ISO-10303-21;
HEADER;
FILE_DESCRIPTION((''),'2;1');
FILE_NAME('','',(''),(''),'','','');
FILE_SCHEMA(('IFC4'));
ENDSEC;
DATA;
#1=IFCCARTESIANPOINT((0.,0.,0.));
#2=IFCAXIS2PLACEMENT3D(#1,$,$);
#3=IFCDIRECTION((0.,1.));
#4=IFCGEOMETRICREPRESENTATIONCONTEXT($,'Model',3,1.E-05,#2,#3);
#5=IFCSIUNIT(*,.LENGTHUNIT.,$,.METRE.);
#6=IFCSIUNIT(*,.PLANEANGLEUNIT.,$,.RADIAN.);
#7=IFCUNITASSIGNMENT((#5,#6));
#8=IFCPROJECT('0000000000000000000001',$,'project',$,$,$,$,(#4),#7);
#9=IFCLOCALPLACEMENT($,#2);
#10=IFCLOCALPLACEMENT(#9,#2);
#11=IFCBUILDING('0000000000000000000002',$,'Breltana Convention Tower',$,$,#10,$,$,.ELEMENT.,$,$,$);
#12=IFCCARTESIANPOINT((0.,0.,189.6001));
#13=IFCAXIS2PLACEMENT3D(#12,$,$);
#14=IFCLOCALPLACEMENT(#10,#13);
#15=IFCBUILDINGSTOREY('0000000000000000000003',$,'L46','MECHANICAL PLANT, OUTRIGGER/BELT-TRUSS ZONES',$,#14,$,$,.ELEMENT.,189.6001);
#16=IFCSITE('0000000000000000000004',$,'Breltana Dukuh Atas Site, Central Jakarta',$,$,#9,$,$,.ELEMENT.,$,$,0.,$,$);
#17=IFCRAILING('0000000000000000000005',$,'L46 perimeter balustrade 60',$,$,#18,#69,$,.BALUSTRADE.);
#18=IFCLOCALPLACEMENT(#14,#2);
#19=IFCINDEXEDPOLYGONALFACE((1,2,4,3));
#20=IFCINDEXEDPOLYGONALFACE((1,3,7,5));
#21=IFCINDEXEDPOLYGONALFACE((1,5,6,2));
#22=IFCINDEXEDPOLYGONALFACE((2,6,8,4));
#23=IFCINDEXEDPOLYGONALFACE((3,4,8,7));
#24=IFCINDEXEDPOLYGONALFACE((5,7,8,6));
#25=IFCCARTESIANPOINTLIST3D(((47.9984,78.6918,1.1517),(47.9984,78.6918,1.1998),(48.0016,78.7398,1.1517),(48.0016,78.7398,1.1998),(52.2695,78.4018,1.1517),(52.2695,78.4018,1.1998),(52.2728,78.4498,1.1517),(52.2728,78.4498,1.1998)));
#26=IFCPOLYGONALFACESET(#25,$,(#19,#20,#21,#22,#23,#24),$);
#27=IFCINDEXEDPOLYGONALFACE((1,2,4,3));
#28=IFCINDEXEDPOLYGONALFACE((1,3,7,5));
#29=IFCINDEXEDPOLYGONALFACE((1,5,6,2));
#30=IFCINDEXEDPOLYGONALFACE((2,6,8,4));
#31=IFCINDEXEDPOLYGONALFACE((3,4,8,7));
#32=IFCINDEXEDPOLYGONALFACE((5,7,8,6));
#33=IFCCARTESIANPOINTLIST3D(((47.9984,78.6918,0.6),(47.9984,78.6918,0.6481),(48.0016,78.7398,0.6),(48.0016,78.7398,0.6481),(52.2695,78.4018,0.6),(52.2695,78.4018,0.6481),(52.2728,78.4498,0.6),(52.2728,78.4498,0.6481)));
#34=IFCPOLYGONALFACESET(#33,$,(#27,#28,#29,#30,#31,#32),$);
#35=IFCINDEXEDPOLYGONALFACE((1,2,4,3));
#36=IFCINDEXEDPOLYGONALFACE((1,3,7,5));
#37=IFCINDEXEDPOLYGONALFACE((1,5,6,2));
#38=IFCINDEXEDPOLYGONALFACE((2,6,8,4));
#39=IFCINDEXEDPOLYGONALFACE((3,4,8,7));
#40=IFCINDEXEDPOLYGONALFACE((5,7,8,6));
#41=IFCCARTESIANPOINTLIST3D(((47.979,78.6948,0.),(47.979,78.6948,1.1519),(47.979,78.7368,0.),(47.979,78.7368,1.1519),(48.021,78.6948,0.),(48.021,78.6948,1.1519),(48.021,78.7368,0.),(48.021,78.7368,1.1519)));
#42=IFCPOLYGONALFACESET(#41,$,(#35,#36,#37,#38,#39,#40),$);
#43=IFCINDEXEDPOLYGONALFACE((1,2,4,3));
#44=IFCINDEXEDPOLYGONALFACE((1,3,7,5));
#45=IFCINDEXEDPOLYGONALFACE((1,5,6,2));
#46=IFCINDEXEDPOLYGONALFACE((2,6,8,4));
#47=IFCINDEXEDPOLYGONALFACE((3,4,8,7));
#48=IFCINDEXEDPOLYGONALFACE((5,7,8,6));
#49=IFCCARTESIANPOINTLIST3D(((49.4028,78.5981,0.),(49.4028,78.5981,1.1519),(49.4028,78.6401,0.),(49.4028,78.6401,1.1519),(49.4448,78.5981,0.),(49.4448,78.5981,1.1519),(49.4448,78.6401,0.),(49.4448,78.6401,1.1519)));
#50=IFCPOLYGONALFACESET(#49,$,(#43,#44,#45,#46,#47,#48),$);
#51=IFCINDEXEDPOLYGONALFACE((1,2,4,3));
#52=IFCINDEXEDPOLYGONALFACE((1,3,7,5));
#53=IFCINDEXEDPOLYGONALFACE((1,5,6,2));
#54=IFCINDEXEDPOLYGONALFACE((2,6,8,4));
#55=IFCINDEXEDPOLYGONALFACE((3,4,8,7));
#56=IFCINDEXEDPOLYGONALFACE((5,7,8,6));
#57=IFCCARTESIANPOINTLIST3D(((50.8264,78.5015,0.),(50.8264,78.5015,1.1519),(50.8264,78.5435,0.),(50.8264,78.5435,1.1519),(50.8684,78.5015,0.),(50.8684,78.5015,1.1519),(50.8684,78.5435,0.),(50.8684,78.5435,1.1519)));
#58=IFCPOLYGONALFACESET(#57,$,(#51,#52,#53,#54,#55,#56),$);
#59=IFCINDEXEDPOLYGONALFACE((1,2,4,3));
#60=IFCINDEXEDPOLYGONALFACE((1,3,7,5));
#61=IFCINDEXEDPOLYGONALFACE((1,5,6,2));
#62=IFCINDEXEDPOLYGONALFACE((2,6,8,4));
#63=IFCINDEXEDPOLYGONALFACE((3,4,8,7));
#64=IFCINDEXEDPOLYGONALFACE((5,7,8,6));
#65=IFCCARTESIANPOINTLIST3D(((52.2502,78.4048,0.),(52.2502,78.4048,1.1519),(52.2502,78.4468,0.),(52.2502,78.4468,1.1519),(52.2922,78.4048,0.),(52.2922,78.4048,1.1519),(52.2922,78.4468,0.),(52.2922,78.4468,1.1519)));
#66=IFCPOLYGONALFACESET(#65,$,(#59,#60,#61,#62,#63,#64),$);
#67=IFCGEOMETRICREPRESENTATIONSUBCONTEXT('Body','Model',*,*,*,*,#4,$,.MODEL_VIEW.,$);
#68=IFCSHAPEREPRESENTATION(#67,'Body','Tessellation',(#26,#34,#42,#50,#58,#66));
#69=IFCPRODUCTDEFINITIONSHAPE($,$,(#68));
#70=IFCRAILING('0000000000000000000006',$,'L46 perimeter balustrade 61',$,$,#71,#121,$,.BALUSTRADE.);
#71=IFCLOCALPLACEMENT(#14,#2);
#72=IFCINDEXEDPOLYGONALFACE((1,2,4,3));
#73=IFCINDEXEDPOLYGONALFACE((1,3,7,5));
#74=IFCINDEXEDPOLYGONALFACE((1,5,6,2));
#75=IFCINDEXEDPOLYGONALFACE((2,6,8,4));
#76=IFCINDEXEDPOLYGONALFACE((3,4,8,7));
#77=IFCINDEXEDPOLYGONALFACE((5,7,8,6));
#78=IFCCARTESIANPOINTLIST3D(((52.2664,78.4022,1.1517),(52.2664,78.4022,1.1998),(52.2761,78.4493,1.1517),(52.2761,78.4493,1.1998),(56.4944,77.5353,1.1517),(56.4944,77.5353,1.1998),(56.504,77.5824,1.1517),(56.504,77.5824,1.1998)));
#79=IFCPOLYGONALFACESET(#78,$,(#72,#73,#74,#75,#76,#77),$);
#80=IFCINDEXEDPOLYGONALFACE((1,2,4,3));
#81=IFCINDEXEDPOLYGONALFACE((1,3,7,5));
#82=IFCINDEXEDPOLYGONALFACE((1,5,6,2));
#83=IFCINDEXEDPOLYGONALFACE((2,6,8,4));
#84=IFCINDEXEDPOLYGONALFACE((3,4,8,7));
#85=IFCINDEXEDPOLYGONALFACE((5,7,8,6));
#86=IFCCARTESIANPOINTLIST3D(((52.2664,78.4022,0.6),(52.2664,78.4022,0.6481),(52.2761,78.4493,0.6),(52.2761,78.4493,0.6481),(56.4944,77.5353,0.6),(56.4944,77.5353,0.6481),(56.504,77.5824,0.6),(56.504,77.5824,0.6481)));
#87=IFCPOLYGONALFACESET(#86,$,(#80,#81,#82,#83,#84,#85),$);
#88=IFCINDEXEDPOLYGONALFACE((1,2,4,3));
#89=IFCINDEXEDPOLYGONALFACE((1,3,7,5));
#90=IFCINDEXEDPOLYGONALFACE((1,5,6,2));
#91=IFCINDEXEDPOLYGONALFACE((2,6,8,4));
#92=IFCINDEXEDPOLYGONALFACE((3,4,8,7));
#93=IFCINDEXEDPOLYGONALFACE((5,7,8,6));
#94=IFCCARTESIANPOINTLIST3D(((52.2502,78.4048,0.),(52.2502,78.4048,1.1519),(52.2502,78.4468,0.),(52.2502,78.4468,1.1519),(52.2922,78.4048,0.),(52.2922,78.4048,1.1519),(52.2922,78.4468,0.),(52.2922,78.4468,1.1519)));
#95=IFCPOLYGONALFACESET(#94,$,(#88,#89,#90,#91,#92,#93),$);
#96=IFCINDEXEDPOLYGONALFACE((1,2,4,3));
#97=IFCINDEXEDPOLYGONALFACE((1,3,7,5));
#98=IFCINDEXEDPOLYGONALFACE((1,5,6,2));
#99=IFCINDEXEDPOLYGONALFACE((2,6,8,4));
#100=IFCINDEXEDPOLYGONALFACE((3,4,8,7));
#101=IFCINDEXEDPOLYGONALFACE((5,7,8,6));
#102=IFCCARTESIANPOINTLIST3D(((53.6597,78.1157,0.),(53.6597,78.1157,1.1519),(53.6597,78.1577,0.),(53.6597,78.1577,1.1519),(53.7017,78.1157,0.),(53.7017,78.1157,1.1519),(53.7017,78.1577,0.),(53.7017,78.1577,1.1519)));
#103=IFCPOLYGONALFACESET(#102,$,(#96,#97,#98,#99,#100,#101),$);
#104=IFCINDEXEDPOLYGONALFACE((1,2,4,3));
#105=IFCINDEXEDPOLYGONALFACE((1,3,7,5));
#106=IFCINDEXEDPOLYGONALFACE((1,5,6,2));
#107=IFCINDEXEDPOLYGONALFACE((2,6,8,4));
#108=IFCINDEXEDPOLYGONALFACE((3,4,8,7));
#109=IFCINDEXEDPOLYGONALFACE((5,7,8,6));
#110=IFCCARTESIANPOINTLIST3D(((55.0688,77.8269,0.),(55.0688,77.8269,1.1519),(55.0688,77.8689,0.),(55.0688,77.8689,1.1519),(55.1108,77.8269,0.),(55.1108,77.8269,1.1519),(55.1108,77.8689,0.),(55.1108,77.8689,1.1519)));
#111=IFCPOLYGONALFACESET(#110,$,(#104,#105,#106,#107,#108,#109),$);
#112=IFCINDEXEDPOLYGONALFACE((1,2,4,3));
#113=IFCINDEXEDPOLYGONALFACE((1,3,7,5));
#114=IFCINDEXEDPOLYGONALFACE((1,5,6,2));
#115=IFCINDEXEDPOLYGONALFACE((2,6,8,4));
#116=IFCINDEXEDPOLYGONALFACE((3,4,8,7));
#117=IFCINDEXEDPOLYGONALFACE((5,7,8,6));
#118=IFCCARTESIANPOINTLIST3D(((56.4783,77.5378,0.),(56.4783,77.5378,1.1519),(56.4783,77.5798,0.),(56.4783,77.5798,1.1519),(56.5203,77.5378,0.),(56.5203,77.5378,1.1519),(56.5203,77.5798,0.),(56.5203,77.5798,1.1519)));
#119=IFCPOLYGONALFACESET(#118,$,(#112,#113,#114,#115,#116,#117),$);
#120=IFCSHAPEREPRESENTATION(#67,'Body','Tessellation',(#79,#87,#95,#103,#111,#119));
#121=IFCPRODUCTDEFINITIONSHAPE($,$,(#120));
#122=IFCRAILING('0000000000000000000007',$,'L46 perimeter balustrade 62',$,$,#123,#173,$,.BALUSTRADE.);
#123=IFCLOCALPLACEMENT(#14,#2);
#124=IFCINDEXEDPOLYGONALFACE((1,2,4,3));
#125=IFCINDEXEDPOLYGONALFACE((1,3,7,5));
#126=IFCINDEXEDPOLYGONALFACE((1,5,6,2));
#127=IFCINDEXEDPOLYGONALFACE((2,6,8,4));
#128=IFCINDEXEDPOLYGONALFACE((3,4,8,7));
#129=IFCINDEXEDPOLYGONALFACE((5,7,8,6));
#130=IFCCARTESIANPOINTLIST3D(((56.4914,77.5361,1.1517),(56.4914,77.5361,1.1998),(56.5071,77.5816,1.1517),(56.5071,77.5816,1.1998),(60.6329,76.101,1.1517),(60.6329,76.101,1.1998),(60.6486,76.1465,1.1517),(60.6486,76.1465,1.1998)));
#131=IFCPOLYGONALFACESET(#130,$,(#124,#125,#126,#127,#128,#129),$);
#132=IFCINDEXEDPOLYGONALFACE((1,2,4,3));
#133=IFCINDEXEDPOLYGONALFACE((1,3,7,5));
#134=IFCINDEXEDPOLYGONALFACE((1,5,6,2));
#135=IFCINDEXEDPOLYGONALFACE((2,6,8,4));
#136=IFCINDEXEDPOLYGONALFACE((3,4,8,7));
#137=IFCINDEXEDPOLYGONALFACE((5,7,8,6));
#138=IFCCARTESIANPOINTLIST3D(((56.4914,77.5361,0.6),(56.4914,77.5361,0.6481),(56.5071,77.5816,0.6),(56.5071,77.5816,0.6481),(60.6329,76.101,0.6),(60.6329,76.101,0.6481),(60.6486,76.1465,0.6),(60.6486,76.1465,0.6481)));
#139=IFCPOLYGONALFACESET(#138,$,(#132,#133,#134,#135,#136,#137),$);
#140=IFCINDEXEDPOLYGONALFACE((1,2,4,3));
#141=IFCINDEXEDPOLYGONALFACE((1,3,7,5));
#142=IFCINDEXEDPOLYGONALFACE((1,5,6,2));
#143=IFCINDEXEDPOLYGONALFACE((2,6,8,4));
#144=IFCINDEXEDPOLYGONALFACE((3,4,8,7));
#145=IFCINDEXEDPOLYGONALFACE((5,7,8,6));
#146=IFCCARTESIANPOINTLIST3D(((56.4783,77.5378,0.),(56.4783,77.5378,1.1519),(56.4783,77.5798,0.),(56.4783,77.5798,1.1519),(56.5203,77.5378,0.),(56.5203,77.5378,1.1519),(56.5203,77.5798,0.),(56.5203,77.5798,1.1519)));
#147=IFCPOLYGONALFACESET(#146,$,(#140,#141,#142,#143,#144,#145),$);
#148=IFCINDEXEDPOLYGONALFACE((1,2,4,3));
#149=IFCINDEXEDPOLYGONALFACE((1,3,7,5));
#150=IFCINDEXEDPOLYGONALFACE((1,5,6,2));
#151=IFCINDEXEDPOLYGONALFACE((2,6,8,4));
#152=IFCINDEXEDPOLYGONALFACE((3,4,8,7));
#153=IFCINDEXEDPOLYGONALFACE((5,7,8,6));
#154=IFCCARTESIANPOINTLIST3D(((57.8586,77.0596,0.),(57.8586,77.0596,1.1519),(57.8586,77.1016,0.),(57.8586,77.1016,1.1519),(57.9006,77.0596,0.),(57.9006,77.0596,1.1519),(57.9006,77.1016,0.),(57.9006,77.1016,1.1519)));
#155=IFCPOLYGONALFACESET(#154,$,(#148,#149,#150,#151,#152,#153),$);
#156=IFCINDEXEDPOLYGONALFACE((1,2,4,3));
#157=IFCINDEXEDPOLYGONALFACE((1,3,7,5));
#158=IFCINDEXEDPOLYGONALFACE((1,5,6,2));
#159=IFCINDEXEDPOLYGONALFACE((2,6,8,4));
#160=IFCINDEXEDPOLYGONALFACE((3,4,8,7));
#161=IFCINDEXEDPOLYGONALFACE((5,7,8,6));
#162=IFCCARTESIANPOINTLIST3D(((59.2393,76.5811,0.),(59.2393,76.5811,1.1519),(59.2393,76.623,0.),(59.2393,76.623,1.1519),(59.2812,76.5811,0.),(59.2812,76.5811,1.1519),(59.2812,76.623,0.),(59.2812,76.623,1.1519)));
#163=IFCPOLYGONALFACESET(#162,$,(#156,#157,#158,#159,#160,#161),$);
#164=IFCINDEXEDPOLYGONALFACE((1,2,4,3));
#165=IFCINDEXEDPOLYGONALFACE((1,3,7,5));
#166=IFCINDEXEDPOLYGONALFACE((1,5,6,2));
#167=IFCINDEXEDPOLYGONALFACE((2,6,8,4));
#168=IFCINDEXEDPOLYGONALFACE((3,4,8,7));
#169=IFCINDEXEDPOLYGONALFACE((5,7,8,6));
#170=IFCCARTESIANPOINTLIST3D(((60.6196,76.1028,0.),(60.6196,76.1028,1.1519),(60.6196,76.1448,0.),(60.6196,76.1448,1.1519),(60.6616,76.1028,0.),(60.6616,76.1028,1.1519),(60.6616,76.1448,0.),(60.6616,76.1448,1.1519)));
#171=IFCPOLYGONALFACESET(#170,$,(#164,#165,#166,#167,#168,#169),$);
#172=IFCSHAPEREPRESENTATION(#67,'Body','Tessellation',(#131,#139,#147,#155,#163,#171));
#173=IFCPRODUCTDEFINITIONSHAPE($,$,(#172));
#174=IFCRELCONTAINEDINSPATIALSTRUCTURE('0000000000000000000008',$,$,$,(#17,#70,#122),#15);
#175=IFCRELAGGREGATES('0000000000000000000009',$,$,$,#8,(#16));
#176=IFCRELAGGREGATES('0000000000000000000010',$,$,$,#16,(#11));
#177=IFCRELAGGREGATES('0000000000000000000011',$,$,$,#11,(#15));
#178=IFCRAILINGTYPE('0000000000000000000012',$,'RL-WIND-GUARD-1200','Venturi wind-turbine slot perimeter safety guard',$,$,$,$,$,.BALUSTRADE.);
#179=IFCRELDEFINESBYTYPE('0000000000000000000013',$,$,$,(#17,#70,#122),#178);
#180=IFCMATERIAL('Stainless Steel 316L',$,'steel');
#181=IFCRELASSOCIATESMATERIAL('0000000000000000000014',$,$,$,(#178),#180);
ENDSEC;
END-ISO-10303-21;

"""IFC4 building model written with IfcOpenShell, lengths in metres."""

from ifc_helpers import new_model, si_unit, direction, frame, origin, origin_2d, place, context, subcontext, project, spatial, rectangle, extrude, material, type_object, element, save


model = new_model("IFC4")

# Units and contexts
model_context = context("Model", 3, precision=1e-05, world=origin(), true_north=direction((0.0, 1.0)))
body_context = subcontext(model_context, "Body", "Model", "MODEL_VIEW")
ifc_project = project(units=[si_unit("LENGTHUNIT", "METRE"), si_unit("PLANEANGLEUNIT", "RADIAN")], contexts=[model_context])

# Site, building, storey
site_placement = place(None, origin())
site = spatial("IfcSite", under=ifc_project, at=site_placement, Name="Breltana Dukuh Atas Site, Central Jakarta", CompositionType="ELEMENT", RefElevation=0.0)
building_placement = place(site_placement, origin())
building = spatial("IfcBuilding", under=site, at=building_placement, Name="Breltana Convention Tower", CompositionType="ELEMENT")
storey_placement = place(building_placement, frame((0.0, 0.0, 189.6001)))
storey = spatial("IfcBuildingStorey", under=building, at=storey_placement, Name="L46", Description="MECHANICAL PLANT, OUTRIGGER/BELT-TRUSS ZONES", CompositionType="ELEMENT", Elevation=189.6001)

# Railings
ifc_material_1 = material(Name="Stainless Steel 316L", Category="steel")
railing_type_1 = type_object("IfcRailingType", Name="RL-WIND-GUARD-1200", Description="Venturi wind-turbine slot perimeter safety guard", PredefinedType="BALUSTRADE", material=ifc_material_1)
railing_1_placement = place(storey_placement, frame((48.0, 78.7158, 0.0)))
element("IfcRailing", 1, at=railing_1_placement, inside=storey, type_object=railing_type_1, Name="L46 perimeter balustrade 60", PredefinedType="BALUSTRADE", context=body_context, shape_type="SweptSolid", body=[
    extrude(rectangle(XDim=0.0481, YDim=0.0481, at=origin_2d()), frame((0.0, 0.0, 1.1758), z_axis=(0.997702, -0.067749, 0.0), x_axis=(0.067749, 0.997702, 0.0)), (0.0, 0.0, 1.0), 4.281),
    extrude(rectangle(XDim=0.0481, YDim=0.0481, at=origin_2d()), frame((0.0, 0.0, 0.624), z_axis=(0.997702, -0.067749, 0.0), x_axis=(0.067749, 0.997702, 0.0)), (0.0, 0.0, 1.0), 4.281),
    extrude(rectangle(XDim=0.042, YDim=0.042, at=origin_2d()), origin(), (0.0, 0.0, 1.0), 1.1519),
    extrude(rectangle(XDim=0.042, YDim=0.042, at=origin_2d()), frame((1.4238, -0.0967, 0.0)), (0.0, 0.0, 1.0), 1.1519),
    extrude(rectangle(XDim=0.042, YDim=0.042, at=origin_2d()), frame((2.8474, -0.1934, 0.0)), (0.0, 0.0, 1.0), 1.1519),
    extrude(rectangle(XDim=0.042, YDim=0.042, at=origin_2d()), frame((4.2712, -0.29, 0.0)), (0.0, 0.0, 1.0), 1.1519),
])
railing_2_placement = place(storey_placement, frame((52.2712, 78.4258, 0.0)))
element("IfcRailing", 2, at=railing_2_placement, inside=storey, type_object=railing_type_1, Name="L46 perimeter balustrade 61", PredefinedType="BALUSTRADE", context=body_context, shape_type="SweptSolid", body=[
    extrude(rectangle(XDim=0.0481, YDim=0.0481, at=origin_2d()), frame((0.0, 0.0, 1.1758), z_axis=(0.979618, -0.200868, 0.0), x_axis=(0.200868, 0.979618, 0.0)), (0.0, 0.0, 1.0), 4.3159),
    extrude(rectangle(XDim=0.0481, YDim=0.0481, at=origin_2d()), frame((0.0, 0.0, 0.624), z_axis=(0.979618, -0.200868, 0.0), x_axis=(0.200868, 0.979618, 0.0)), (0.0, 0.0, 1.0), 4.3159),
    extrude(rectangle(XDim=0.042, YDim=0.042, at=origin_2d()), origin(), (0.0, 0.0, 1.0), 1.1519),
    extrude(rectangle(XDim=0.042, YDim=0.042, at=origin_2d()), frame((1.4094, -0.2891, 0.0)), (0.0, 0.0, 1.0), 1.1519),
    extrude(rectangle(XDim=0.042, YDim=0.042, at=origin_2d()), frame((2.8186, -0.5779, 0.0)), (0.0, 0.0, 1.0), 1.1519),
    extrude(rectangle(XDim=0.042, YDim=0.042, at=origin_2d()), frame((4.228, -0.8669, 0.0)), (0.0, 0.0, 1.0), 1.1519),
])
railing_3_placement = place(storey_placement, frame((56.4993, 77.5588, 0.0)))
element("IfcRailing", 3, at=railing_3_placement, inside=storey, type_object=railing_type_1, Name="L46 perimeter balustrade 62", PredefinedType="BALUSTRADE", context=body_context, shape_type="SweptSolid", body=[
    extrude(rectangle(XDim=0.0481, YDim=0.0481, at=origin_2d()), frame((0.0, 0.0, 1.1758), z_axis=(0.944879, -0.327419, 0.0), x_axis=(0.327419, 0.944879, 0.0)), (0.0, 0.0, 1.0), 4.3831),
    extrude(rectangle(XDim=0.0481, YDim=0.0481, at=origin_2d()), frame((0.0, 0.0, 0.624), z_axis=(0.944879, -0.327419, 0.0), x_axis=(0.327419, 0.944879, 0.0)), (0.0, 0.0, 1.0), 4.3831),
    extrude(rectangle(XDim=0.042, YDim=0.042, at=origin_2d()), origin(), (0.0, 0.0, 1.0), 1.1519),
    extrude(rectangle(XDim=0.042, YDim=0.042, at=origin_2d()), frame((1.3804, -0.4783, 0.0)), (0.0, 0.0, 1.0), 1.1519),
    extrude(rectangle(XDim=0.042, YDim=0.042, at=origin_2d()), frame((2.761, -0.9568, 0.0)), (0.0, 0.0, 1.0), 1.1519),
    extrude(rectangle(XDim=0.042, YDim=0.042, at=origin_2d()), frame((4.1414, -1.4351, 0.0)), (0.0, 0.0, 1.0), 1.1519),
])

save(model, "model.ifc")
